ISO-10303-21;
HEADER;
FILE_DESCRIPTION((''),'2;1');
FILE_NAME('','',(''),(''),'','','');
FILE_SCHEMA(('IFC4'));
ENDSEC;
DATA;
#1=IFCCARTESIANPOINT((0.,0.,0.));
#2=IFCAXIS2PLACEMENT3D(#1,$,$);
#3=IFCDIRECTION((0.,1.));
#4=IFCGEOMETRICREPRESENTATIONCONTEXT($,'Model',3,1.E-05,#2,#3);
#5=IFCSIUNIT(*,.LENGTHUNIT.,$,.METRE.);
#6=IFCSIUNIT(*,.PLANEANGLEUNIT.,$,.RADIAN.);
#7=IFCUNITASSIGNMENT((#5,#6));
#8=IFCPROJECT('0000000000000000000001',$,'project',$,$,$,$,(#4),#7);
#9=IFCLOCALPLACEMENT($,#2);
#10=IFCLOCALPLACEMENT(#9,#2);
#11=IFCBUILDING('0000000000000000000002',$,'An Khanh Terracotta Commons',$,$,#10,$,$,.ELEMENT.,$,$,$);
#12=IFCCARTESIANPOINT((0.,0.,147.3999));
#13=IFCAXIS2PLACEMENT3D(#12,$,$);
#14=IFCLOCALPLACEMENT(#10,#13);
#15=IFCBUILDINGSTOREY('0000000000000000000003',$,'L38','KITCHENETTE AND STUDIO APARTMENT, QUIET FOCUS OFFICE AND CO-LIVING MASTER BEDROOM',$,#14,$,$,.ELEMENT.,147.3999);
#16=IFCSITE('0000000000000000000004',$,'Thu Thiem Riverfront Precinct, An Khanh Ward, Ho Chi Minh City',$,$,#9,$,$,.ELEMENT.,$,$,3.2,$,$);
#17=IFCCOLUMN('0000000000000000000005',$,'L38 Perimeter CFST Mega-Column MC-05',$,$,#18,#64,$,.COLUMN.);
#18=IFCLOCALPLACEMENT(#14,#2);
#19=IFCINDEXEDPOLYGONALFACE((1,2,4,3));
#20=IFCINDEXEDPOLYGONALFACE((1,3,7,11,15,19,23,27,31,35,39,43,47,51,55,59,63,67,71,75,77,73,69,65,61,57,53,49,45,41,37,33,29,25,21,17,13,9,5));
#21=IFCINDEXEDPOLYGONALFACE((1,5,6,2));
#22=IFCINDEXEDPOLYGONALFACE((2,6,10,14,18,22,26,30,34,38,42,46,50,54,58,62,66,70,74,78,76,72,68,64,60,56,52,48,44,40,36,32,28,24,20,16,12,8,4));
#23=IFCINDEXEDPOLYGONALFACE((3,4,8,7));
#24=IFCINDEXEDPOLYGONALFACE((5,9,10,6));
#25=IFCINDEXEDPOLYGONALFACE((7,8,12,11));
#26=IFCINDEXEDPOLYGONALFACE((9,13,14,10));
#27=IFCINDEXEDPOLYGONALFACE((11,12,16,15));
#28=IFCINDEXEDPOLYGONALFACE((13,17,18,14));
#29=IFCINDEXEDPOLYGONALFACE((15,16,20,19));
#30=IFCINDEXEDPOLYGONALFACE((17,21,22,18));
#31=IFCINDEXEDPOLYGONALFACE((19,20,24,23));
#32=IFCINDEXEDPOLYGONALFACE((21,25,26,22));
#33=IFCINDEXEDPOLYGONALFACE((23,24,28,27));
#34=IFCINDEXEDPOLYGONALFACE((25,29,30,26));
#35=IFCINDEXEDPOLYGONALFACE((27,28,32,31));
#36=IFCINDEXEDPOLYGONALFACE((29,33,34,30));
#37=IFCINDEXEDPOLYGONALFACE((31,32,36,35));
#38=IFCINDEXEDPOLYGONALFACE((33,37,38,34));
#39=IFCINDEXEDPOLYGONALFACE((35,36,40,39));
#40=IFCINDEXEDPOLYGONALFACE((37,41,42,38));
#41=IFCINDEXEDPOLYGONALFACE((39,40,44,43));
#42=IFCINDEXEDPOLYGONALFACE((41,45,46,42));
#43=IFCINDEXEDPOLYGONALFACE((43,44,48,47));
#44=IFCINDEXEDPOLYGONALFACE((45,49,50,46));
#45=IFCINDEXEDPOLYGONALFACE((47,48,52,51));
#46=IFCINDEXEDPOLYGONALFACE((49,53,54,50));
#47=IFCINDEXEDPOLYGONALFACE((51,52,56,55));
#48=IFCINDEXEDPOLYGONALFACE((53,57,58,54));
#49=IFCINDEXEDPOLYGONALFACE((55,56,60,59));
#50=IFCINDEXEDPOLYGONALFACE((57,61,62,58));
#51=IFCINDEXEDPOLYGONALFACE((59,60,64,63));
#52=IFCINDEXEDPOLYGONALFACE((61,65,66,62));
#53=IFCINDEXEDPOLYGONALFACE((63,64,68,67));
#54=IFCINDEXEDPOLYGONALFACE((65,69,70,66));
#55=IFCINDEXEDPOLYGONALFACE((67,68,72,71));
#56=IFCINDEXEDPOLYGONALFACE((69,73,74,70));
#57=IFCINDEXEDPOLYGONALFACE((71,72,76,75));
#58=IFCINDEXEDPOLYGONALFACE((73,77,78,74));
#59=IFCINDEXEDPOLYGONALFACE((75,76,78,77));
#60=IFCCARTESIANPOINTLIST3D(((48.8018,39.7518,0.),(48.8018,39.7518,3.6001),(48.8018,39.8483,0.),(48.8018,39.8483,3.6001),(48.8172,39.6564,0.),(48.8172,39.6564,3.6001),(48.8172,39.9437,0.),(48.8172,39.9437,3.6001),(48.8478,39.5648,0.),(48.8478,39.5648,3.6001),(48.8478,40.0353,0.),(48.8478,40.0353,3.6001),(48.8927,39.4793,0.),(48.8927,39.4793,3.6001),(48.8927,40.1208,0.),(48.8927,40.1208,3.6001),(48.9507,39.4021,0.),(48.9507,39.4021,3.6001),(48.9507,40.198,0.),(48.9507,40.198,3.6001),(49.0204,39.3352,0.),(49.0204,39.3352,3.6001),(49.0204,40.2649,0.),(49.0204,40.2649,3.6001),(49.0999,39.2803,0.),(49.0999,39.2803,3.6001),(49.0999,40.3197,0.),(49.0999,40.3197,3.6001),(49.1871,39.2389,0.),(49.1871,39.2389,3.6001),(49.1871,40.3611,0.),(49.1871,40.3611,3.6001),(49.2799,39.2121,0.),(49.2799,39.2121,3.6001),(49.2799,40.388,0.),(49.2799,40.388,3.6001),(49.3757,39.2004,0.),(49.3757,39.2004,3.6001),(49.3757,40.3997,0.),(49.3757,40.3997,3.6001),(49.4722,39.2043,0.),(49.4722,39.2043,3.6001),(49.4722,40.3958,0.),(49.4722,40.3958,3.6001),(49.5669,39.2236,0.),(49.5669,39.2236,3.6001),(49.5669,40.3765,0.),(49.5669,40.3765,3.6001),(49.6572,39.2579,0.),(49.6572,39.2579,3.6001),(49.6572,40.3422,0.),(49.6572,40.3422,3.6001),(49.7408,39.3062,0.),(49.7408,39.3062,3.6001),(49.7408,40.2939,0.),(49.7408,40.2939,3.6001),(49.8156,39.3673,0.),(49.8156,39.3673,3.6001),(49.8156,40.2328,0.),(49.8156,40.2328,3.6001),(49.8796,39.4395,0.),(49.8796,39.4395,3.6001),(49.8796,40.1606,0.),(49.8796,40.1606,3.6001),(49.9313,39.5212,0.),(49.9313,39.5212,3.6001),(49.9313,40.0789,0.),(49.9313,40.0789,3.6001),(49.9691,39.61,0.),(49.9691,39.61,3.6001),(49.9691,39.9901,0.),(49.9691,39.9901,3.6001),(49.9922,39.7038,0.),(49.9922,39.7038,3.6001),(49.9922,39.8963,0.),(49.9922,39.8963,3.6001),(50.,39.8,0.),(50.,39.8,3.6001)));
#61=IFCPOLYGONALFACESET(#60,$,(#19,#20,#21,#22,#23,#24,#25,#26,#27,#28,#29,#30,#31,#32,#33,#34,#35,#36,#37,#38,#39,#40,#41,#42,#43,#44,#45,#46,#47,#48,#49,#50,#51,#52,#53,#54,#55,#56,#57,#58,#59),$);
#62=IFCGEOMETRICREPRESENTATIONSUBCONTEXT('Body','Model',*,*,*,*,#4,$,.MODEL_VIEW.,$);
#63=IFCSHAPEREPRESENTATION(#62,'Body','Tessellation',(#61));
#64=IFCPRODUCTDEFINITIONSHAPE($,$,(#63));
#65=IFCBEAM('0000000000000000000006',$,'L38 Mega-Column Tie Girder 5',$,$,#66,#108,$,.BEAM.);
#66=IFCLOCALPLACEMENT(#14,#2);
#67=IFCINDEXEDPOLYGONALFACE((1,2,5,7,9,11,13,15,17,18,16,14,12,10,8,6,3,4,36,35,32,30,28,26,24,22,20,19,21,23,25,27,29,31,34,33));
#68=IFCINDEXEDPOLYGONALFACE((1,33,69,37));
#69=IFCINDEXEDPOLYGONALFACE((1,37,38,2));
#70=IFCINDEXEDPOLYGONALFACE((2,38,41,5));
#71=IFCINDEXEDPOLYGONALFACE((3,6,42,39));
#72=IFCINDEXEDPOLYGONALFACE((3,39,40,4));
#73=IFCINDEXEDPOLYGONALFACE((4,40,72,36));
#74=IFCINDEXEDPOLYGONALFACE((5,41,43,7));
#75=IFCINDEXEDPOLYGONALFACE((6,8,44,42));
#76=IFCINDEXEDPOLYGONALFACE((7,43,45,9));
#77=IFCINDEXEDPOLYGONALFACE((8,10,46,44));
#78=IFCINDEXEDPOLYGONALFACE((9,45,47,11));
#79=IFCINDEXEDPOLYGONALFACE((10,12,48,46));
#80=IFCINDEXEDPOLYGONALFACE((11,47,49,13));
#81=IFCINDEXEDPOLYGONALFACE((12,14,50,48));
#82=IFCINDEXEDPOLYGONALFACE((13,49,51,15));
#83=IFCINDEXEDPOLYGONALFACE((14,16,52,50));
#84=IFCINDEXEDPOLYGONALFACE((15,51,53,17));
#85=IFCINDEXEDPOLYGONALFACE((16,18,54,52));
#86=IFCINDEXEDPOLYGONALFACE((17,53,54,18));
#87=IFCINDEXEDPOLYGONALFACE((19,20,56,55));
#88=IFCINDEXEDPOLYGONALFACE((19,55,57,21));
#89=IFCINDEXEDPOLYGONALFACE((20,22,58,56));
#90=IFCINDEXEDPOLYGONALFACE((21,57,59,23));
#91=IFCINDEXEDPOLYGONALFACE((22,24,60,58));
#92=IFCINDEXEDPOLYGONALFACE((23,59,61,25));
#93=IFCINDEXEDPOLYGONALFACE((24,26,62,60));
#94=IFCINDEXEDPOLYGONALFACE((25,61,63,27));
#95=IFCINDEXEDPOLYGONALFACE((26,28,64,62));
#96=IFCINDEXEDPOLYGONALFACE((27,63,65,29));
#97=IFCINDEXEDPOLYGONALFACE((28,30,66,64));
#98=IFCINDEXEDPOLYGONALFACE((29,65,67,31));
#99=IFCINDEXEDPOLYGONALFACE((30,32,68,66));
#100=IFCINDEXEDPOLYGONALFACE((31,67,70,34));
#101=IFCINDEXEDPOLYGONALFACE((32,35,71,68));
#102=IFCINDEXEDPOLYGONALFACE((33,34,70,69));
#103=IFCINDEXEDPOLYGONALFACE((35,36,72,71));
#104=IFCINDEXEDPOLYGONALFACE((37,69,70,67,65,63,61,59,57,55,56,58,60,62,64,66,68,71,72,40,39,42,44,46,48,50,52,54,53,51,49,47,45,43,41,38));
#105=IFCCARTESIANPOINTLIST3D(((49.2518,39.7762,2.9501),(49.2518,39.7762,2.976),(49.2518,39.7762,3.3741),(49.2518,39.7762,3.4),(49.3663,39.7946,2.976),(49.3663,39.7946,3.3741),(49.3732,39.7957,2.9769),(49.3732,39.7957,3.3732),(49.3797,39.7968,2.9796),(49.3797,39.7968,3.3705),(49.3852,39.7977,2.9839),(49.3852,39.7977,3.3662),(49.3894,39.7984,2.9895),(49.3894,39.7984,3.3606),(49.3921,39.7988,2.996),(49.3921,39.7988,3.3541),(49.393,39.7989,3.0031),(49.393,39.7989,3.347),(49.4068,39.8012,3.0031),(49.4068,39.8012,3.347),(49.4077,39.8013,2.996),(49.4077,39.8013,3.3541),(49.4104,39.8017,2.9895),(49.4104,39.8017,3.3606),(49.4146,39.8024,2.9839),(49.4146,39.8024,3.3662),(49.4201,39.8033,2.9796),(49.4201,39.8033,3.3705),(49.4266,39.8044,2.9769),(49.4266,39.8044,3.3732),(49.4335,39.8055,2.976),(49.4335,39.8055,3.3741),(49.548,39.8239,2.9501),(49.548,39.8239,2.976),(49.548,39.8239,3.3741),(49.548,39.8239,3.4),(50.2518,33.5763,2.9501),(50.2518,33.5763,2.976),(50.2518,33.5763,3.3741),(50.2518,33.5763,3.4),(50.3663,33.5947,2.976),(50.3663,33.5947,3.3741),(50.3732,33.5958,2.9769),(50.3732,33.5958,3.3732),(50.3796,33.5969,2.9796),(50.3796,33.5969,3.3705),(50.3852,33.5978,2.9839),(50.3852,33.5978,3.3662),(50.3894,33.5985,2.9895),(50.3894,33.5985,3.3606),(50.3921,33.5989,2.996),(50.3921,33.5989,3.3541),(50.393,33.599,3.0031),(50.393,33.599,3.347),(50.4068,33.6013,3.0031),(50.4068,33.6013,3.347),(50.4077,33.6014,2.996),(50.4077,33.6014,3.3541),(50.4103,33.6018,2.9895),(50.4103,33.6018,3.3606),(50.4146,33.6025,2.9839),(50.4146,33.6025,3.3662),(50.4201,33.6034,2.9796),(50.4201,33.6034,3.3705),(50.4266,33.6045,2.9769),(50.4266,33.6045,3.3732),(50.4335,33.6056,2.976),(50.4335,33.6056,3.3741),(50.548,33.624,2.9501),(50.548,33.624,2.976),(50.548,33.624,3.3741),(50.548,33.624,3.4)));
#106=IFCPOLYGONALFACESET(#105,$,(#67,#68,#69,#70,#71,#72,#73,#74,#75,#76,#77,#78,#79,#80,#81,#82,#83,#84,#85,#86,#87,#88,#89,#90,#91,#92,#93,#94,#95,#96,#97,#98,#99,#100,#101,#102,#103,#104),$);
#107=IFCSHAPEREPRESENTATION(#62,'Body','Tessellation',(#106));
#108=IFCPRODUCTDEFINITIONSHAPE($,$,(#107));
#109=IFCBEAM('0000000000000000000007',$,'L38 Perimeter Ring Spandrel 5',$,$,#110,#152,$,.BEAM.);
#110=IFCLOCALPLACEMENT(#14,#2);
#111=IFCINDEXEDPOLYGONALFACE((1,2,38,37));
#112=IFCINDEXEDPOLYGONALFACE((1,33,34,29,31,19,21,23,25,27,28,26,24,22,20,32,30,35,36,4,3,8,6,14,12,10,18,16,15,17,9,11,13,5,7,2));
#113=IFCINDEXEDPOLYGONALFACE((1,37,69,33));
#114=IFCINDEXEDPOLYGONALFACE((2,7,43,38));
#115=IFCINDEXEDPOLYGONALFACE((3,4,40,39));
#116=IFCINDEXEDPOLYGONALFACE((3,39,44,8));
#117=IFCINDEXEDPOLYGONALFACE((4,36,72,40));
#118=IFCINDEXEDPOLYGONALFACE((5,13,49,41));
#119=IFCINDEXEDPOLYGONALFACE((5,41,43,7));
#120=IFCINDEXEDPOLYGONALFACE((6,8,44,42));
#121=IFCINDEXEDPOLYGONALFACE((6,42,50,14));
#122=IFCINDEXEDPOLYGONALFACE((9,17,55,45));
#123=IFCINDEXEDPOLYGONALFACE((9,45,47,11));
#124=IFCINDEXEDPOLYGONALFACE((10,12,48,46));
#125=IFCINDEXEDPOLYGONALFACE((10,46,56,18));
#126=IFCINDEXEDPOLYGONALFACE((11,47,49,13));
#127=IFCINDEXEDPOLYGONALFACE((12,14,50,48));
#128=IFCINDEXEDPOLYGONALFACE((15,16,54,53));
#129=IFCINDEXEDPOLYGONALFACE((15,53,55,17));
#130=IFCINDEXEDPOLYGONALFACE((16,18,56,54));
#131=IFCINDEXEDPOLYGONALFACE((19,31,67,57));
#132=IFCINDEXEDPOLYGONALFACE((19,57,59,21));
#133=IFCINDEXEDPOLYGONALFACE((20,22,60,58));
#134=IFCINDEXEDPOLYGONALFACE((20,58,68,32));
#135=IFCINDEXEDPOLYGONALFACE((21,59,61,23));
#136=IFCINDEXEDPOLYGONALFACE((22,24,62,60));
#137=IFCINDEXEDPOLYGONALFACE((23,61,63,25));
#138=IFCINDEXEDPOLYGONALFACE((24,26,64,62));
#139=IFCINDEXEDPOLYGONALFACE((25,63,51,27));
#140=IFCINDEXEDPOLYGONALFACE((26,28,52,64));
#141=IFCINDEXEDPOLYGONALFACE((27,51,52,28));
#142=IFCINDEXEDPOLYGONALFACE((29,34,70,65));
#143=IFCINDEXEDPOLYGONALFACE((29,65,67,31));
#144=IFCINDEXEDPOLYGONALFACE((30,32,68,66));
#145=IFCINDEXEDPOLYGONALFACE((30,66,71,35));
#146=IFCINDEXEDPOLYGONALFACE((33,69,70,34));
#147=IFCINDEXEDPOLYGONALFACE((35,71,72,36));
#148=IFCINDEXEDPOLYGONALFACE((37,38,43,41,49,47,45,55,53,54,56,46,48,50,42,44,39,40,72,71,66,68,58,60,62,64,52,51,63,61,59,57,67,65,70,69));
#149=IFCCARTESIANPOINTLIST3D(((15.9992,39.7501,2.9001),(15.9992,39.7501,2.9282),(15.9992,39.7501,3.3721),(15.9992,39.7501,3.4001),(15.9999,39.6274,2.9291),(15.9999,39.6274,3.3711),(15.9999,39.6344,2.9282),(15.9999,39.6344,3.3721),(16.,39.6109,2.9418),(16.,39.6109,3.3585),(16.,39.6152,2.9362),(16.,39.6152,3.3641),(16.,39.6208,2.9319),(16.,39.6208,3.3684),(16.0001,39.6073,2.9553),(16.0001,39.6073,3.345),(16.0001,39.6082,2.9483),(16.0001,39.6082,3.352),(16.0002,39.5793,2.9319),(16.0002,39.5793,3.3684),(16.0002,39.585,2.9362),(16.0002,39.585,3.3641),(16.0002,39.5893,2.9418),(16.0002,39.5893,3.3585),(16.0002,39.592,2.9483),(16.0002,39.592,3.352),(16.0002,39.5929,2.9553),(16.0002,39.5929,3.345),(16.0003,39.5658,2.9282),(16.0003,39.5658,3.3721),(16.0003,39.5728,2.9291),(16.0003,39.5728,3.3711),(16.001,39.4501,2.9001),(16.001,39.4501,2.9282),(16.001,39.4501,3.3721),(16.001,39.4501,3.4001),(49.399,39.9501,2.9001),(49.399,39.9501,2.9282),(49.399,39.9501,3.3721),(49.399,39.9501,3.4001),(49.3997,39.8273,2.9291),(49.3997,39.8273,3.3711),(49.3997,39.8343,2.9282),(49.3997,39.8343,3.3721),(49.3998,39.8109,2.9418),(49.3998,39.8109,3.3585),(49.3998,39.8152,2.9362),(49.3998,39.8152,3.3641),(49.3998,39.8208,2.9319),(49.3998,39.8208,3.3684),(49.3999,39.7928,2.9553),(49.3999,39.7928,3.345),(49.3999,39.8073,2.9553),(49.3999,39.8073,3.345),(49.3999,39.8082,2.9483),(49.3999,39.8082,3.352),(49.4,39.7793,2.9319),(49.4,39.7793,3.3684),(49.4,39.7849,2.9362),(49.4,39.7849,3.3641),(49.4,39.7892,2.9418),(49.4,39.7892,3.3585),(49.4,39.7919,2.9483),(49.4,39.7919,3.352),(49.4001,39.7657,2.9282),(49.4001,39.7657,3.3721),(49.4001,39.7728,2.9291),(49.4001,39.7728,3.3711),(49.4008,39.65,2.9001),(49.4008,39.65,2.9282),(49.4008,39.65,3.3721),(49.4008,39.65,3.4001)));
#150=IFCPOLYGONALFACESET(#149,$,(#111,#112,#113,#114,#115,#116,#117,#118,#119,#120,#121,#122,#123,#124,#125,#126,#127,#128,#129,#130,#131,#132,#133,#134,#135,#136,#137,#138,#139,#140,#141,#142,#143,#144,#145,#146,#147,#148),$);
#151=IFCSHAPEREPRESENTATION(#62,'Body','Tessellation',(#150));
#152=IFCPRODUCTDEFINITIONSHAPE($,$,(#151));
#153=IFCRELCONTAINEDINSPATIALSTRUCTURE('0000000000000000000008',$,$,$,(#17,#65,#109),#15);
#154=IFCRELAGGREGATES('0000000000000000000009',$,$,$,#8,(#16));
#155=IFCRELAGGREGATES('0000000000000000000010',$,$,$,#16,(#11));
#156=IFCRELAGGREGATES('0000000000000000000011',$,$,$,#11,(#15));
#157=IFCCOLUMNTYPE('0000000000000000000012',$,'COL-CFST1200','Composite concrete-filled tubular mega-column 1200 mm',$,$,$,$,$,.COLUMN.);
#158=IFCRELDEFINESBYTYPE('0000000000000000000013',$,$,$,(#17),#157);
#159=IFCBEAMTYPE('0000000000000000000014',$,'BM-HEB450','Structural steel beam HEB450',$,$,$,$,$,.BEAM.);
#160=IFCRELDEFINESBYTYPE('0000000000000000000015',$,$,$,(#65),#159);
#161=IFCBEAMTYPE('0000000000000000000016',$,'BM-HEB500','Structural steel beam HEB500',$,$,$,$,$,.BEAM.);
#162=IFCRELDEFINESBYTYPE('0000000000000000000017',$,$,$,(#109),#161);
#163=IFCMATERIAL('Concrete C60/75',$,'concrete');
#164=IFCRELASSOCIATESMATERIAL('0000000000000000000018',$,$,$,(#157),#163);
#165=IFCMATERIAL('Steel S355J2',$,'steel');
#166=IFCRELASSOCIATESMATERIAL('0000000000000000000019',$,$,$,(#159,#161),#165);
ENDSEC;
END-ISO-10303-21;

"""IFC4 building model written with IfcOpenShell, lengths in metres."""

from ifc_helpers import new_model, si_unit, direction, frame, origin, origin_2d, place, context, subcontext, project, spatial, circle, i_section, extrude, material, material_profile, profile_set, type_object, element, save


model = new_model("IFC4")

# Units and contexts
model_context = context("Model", 3, precision=1e-05, world=origin(), true_north=direction((0.0, 1.0)))
body_context = subcontext(model_context, "Body", "Model", "MODEL_VIEW")
ifc_project = project(units=[si_unit("LENGTHUNIT", "METRE"), si_unit("PLANEANGLEUNIT", "RADIAN")], contexts=[model_context])

# Site, building, storey
site_placement = place(None, origin())
site = spatial("IfcSite", under=ifc_project, at=site_placement, Name="Thu Thiem Riverfront Precinct, An Khanh Ward, Ho Chi Minh City", CompositionType="ELEMENT", RefElevation=3.2)
building_placement = place(site_placement, origin())
building = spatial("IfcBuilding", under=site, at=building_placement, Name="An Khanh Terracotta Commons", CompositionType="ELEMENT")
storey_placement = place(building_placement, frame((0.0, 0.0, 147.3999)))
storey = spatial("IfcBuildingStorey", under=building, at=storey_placement, Name="L38", Description="KITCHENETTE AND STUDIO APARTMENT, QUIET FOCUS OFFICE AND CO-LIVING MASTER BEDROOM", CompositionType="ELEMENT", Elevation=147.3999)

# Column
ifc_material_1 = material(Name="Concrete C60/75", Category="concrete")
ifc_material_profile_1 = material_profile(ifc_material_1, circle(Radius=0.6001, at=origin_2d()), Name="CFST1200")
ifc_profile_set_1 = profile_set([ifc_material_profile_1], Name="Concrete C60/75")
column_type = type_object("IfcColumnType", Name="COL-CFST1200", Description="Composite concrete-filled tubular mega-column 1200 mm", PredefinedType="COLUMN", material=ifc_profile_set_1)
column_placement = place(storey_placement, frame((49.3999, 39.8, 0.0), z_axis=(0.0, 0.0, 1.0), x_axis=(1.0, 0.0, 0.0)))
element("IfcColumn", 1, at=column_placement, inside=storey, type_object=column_type, Name="L38 Perimeter CFST Mega-Column MC-05", PredefinedType="COLUMN", context=body_context, shape_type="SweptSolid", body=[
    extrude(circle(Radius=0.6001, at=origin_2d()), origin(), (0.0, 0.0, 1.0), 3.6001),
])

# Beams
ifc_material_2 = material(Name="Steel S355J2", Category="steel")
ifc_material_profile_2 = material_profile(ifc_material_2, i_section(OverallWidth=0.3, OverallDepth=0.45, WebThickness=0.0139, FlangeThickness=0.0259, FilletRadius=0.0271, at=origin_2d()), Name="HEB450")
ifc_profile_set_2 = profile_set([ifc_material_profile_2], Name="Steel S355J2")
beam_type_1 = type_object("IfcBeamType", Name="BM-HEB450", Description="Structural steel beam HEB450", PredefinedType="BEAM", material=ifc_profile_set_2)
beam_1_placement = place(storey_placement, frame((49.3999, 39.8, 3.175), z_axis=(0.159234, -0.987241, 0.0), x_axis=(0.987241, 0.159234, 0.0)))
element("IfcBeam", 2, at=beam_1_placement, inside=storey, type_object=beam_type_1, Name="L38 Mega-Column Tie Girder 5", PredefinedType="BEAM", context=body_context, shape_type="SweptSolid", body=[
    extrude(i_section(OverallWidth=0.3, OverallDepth=0.45, WebThickness=0.0139, FlangeThickness=0.0259, FilletRadius=0.0271, at=origin_2d()), origin(), (0.0, 0.0, 1.0), 6.28),
])
ifc_material_profile_3 = material_profile(ifc_material_2, i_section(OverallWidth=0.3, OverallDepth=0.5, WebThickness=0.0144, FlangeThickness=0.0281, FilletRadius=0.0271, at=origin_2d()), Name="HEB500")
ifc_profile_set_3 = profile_set([ifc_material_profile_3], Name="Steel S355J2")
beam_type_2 = type_object("IfcBeamType", Name="BM-HEB500", Description="Structural steel beam HEB500", PredefinedType="BEAM", material=ifc_profile_set_3)
beam_2_placement = place(storey_placement, frame((49.3999, 39.8, 3.1501), z_axis=(-0.999982, -0.005986, 0.0), x_axis=(0.005986, -0.999982, 0.0)))
element("IfcBeam", 3, at=beam_2_placement, inside=storey, type_object=beam_type_2, Name="L38 Perimeter Ring Spandrel 5", PredefinedType="BEAM", context=body_context, shape_type="SweptSolid", body=[
    extrude(i_section(OverallWidth=0.3, OverallDepth=0.5, WebThickness=0.0144, FlangeThickness=0.0281, FilletRadius=0.0271, at=origin_2d()), origin(), (0.0, 0.0, 1.0), 33.4004),
])

save(model, "model.ifc")
